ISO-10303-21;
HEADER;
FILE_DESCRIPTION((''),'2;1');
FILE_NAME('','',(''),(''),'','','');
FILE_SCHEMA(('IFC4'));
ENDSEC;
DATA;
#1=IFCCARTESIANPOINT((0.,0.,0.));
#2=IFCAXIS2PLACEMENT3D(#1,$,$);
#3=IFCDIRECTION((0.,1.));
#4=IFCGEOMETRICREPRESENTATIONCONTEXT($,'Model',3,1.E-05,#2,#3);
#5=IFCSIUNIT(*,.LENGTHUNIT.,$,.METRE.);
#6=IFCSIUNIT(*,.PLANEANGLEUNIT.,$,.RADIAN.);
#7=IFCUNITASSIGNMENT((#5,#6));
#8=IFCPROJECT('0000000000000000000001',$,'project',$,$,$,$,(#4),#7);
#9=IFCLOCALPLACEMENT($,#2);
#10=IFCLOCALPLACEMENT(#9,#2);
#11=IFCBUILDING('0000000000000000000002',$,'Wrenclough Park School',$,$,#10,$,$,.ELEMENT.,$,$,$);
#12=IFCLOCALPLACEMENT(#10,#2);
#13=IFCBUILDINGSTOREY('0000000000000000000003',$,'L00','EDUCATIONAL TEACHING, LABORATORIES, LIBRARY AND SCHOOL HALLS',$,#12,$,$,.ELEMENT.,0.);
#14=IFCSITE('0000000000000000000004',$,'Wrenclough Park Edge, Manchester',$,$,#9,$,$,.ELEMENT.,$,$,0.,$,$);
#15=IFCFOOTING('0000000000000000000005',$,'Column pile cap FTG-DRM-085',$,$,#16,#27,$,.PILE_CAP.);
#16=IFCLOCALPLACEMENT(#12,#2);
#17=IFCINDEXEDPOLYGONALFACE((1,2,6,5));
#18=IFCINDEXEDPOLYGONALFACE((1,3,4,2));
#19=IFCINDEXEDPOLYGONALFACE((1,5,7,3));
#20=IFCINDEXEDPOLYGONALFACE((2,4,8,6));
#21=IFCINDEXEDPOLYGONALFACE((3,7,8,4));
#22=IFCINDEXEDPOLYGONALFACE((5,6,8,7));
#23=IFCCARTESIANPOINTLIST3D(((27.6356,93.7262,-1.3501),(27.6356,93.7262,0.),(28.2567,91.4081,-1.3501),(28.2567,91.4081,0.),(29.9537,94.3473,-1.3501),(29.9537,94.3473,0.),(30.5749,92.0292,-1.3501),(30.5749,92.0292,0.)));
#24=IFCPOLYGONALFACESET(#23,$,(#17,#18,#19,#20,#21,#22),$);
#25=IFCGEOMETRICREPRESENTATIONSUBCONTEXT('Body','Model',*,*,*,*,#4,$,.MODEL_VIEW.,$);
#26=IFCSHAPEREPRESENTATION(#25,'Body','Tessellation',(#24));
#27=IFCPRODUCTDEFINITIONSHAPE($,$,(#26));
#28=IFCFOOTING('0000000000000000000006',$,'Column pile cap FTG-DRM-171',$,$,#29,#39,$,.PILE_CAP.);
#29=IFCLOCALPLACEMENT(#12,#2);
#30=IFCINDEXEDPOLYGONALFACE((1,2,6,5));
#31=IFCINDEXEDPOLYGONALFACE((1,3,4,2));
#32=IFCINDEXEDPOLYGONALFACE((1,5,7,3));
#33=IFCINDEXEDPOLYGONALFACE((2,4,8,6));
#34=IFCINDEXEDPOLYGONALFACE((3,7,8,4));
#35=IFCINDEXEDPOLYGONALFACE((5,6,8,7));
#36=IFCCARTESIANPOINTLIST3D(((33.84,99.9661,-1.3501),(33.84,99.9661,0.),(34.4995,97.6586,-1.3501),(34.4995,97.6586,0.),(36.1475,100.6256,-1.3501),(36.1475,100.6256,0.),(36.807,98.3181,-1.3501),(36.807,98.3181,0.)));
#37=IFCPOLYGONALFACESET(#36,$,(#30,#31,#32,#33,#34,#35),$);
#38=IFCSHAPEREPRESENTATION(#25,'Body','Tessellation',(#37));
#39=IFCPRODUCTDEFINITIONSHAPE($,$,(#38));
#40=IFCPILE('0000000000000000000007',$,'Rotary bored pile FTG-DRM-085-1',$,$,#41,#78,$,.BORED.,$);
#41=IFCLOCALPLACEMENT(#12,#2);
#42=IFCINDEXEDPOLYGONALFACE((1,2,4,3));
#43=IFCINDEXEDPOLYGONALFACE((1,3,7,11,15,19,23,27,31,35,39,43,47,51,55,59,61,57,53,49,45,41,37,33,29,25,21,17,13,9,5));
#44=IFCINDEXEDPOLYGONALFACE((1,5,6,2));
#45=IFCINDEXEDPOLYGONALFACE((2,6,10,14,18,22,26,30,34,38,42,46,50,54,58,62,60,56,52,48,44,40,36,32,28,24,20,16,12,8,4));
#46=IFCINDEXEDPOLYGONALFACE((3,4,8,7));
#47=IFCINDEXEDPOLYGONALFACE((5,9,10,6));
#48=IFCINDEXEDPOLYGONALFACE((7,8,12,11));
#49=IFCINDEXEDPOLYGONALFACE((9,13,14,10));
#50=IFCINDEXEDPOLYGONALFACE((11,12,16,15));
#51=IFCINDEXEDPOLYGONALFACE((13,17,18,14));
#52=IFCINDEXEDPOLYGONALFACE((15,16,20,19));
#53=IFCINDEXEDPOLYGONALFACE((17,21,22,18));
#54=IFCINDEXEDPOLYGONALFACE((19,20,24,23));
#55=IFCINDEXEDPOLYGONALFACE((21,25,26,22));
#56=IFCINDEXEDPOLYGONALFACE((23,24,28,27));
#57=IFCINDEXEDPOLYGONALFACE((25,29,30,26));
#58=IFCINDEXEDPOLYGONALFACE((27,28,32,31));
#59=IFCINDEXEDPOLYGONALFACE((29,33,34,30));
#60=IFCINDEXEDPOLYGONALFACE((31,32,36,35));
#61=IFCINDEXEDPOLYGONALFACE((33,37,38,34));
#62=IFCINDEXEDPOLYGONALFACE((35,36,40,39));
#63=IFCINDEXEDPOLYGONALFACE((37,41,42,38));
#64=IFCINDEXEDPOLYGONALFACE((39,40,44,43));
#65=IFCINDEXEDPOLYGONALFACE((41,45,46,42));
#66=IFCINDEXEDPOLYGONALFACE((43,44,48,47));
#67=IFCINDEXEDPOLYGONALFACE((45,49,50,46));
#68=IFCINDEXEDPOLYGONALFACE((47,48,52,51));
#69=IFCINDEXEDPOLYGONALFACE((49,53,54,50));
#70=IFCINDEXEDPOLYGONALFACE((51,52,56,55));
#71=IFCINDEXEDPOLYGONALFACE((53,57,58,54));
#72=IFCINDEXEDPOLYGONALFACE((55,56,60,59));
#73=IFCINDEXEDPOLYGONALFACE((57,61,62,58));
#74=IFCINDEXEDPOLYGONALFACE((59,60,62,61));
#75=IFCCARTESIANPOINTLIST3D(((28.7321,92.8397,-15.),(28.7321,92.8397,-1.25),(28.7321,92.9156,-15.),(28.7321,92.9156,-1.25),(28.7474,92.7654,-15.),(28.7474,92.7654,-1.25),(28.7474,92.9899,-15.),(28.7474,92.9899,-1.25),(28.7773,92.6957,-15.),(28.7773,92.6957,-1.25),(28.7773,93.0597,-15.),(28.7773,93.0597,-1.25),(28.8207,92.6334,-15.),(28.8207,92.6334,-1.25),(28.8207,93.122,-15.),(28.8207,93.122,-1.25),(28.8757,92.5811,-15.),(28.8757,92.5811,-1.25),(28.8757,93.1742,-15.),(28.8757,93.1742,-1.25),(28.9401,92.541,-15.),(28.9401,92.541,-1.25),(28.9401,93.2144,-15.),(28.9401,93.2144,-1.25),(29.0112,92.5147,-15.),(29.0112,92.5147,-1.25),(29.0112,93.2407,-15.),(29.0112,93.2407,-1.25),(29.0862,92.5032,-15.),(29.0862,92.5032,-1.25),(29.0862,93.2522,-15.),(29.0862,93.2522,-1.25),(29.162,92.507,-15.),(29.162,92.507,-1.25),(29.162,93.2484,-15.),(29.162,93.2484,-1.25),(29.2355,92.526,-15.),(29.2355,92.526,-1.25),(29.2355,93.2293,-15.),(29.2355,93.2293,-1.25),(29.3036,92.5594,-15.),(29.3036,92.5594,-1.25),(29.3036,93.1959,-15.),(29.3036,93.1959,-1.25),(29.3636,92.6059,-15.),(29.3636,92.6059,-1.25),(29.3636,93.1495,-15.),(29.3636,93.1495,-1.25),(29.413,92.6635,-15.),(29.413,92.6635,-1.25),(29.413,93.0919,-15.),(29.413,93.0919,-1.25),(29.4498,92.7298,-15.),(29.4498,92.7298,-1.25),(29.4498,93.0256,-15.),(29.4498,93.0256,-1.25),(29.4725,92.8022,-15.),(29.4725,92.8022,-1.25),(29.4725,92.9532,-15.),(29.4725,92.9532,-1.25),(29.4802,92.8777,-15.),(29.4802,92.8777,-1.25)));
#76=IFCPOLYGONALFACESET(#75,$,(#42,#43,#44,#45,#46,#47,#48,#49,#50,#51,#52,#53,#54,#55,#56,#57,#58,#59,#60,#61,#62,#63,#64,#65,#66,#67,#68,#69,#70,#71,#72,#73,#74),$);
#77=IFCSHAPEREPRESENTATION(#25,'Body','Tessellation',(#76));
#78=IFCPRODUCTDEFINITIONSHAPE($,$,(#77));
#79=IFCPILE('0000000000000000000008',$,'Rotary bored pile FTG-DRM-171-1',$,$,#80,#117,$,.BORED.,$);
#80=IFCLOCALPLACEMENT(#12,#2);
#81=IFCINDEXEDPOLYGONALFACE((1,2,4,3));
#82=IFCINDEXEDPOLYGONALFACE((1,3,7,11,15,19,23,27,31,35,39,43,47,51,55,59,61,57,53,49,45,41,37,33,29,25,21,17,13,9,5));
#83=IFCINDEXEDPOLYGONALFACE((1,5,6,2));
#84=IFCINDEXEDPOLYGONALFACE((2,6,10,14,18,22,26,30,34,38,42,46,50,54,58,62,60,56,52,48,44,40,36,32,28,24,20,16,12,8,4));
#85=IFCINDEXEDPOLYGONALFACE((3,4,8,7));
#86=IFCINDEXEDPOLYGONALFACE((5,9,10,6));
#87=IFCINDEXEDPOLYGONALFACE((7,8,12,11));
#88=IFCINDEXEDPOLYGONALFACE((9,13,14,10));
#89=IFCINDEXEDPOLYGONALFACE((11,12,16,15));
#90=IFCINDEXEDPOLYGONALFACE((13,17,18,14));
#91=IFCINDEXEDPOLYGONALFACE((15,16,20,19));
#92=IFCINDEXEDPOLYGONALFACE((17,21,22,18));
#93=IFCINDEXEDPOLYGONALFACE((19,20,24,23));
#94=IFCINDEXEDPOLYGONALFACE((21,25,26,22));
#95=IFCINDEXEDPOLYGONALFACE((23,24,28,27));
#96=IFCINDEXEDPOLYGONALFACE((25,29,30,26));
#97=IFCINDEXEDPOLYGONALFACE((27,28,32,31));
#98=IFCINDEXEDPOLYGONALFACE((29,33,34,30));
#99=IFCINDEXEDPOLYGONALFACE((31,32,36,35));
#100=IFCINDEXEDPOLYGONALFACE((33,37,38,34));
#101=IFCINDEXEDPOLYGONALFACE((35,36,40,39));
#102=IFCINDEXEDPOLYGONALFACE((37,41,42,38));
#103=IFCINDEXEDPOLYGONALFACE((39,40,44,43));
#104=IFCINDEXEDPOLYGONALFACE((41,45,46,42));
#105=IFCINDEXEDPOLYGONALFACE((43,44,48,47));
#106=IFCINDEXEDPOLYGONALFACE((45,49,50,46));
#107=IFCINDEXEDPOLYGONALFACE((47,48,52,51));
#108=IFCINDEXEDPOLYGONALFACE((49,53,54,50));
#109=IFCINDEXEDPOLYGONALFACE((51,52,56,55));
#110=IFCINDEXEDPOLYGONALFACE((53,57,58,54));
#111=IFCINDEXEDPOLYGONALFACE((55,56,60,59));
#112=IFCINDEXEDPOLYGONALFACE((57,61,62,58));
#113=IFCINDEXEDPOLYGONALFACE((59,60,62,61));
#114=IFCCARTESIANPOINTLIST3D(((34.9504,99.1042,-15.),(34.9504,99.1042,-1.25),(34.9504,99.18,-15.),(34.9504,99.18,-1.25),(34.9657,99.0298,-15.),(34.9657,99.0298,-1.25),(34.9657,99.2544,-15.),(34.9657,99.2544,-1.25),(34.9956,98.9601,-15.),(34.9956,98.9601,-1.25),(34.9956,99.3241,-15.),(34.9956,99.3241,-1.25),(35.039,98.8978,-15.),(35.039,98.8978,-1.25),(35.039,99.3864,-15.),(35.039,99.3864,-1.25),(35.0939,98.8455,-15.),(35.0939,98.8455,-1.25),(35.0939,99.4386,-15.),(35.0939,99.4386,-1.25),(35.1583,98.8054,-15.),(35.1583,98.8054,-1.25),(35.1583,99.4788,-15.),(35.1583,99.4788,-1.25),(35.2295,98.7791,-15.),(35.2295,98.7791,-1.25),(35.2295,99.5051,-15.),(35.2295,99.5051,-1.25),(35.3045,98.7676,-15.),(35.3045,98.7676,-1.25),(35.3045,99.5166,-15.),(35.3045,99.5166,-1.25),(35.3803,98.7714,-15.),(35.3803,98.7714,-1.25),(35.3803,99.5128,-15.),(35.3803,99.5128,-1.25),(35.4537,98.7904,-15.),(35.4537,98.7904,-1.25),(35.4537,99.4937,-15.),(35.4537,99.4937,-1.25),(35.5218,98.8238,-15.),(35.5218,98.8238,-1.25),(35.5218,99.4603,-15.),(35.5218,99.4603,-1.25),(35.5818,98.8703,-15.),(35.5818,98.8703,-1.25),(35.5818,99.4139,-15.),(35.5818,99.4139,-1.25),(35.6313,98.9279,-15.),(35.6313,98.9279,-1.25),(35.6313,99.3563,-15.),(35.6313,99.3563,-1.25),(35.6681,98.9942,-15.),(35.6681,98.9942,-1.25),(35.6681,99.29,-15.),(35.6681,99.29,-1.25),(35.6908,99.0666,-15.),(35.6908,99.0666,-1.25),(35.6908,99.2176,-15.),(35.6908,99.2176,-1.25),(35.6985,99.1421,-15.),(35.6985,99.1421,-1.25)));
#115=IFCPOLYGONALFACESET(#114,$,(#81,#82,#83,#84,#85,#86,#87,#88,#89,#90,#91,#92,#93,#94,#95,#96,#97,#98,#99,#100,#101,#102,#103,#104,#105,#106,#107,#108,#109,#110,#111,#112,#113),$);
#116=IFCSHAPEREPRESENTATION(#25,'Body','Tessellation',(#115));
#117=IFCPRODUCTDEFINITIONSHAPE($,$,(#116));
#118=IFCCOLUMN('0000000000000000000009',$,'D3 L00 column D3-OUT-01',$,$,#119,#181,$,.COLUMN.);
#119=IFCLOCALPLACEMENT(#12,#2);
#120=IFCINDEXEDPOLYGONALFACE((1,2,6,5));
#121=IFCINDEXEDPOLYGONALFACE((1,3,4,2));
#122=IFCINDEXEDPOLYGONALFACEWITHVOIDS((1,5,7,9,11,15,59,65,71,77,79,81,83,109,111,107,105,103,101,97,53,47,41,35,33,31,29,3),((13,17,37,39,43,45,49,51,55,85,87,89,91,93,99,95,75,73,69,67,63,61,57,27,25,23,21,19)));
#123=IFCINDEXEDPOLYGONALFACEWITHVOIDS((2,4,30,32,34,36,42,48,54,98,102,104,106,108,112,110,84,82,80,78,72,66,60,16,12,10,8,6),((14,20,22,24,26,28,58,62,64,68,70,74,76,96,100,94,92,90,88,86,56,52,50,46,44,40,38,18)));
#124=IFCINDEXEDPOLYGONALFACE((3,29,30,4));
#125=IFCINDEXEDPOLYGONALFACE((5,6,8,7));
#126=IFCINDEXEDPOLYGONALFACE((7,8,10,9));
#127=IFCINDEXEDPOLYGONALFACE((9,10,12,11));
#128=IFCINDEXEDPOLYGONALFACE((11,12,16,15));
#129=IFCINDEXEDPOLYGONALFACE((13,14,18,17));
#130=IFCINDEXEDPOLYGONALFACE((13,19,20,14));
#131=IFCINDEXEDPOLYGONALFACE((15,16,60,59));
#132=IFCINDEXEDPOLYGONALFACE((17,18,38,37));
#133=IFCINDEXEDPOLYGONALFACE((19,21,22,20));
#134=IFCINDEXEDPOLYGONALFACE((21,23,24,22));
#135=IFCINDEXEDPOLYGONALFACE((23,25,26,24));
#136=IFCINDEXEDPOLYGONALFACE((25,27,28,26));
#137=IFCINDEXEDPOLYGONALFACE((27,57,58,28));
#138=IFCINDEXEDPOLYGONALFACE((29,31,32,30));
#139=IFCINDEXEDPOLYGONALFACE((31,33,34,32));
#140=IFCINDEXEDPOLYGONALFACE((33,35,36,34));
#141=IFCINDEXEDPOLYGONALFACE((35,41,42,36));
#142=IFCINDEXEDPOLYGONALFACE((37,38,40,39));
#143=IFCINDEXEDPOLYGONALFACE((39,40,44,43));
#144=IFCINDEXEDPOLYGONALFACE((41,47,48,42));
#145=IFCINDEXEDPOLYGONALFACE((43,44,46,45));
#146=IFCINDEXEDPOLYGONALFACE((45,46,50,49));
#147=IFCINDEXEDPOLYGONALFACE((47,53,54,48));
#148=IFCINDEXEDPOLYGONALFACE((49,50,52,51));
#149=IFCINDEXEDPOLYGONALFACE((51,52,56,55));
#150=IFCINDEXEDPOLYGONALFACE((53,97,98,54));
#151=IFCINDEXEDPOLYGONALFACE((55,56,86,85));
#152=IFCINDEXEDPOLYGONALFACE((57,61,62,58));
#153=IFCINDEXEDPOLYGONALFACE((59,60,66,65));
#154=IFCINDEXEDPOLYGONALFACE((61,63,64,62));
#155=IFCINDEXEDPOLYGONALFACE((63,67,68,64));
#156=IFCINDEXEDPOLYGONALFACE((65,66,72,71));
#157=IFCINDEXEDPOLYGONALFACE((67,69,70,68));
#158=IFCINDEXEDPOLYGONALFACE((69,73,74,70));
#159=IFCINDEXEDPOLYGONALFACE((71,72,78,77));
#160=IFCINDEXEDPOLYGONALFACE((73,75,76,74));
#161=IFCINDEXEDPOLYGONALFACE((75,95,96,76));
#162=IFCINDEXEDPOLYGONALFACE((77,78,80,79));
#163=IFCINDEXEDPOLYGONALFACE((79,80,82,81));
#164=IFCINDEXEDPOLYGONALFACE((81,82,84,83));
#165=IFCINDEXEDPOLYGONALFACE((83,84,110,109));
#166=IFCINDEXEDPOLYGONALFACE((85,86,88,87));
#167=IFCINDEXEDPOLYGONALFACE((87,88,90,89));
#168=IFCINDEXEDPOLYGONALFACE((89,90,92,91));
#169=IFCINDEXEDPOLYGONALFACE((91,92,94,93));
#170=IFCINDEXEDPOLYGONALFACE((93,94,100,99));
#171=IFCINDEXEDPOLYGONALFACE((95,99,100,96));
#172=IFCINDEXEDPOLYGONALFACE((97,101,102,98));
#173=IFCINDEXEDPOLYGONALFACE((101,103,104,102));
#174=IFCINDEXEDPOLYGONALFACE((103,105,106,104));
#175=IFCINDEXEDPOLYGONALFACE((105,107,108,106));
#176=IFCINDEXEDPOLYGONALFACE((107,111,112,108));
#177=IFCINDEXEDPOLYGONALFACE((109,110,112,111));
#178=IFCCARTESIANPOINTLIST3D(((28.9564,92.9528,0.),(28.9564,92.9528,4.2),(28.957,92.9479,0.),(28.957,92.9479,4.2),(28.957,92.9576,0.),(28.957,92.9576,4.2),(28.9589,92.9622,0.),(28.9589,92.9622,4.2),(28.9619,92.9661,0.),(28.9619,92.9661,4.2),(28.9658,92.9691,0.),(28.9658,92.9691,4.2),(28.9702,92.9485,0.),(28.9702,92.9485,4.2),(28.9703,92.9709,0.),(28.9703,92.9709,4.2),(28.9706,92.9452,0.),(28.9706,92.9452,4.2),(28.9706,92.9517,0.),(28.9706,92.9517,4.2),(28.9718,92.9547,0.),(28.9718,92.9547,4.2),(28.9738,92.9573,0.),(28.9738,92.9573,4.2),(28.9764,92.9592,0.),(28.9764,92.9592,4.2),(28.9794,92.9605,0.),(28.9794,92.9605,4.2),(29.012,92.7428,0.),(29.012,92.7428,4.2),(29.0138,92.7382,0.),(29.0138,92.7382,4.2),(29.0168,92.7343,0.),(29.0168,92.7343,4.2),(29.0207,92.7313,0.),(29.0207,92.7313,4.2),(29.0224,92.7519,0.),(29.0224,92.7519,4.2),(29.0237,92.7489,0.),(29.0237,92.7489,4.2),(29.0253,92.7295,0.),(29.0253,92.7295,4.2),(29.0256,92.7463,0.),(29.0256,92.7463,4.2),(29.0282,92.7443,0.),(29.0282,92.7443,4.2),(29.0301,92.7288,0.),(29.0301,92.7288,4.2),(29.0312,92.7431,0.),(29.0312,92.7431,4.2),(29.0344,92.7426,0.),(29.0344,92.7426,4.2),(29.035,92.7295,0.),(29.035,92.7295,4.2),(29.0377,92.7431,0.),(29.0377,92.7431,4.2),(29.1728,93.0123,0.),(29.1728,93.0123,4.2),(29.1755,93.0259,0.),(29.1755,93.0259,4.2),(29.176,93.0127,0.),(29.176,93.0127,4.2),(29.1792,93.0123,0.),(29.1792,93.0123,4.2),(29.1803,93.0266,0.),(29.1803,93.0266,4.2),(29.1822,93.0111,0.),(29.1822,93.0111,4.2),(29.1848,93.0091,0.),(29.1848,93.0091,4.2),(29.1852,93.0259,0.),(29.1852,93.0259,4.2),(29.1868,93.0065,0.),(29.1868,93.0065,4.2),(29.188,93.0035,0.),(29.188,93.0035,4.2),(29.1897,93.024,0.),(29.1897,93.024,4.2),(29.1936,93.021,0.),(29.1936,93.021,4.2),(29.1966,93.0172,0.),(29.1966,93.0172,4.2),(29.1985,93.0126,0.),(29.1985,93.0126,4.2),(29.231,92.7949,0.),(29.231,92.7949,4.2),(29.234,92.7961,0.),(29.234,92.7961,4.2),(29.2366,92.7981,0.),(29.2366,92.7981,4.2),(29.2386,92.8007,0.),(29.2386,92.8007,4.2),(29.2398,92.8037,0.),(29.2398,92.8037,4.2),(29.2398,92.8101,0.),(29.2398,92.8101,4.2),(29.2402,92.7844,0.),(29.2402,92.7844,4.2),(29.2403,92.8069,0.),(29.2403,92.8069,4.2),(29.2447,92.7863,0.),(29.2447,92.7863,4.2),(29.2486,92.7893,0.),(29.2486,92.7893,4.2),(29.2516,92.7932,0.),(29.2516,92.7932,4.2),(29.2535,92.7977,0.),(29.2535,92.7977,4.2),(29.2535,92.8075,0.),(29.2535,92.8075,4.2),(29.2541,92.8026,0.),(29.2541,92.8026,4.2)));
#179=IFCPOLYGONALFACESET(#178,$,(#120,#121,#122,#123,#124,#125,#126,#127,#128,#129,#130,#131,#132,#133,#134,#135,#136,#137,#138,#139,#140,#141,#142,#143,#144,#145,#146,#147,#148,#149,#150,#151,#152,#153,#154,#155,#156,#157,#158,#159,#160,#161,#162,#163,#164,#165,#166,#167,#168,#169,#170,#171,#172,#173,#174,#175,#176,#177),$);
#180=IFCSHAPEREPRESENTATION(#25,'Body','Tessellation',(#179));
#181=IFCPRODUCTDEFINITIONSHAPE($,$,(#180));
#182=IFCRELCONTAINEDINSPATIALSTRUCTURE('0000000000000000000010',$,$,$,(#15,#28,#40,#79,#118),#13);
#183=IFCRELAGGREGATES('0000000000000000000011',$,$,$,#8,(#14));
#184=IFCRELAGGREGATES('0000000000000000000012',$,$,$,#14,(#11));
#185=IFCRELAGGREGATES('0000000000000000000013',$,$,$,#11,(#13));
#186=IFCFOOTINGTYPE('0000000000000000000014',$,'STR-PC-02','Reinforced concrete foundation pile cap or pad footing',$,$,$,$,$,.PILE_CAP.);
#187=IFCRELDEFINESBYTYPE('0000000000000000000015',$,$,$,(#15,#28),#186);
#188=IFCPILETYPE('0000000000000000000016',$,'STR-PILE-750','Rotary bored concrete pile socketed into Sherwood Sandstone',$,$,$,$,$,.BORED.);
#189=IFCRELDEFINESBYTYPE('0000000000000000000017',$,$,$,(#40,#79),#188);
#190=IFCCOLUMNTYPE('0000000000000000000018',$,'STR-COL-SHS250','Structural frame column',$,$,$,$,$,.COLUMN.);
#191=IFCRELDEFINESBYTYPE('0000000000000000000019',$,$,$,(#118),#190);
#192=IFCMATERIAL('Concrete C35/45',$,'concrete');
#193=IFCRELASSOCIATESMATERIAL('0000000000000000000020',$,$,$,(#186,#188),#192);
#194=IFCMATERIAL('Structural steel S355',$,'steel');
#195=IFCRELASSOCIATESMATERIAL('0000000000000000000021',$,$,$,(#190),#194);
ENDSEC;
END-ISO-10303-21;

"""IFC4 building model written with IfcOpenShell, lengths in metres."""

from ifc_helpers import new_model, si_unit, direction, frame, origin, origin_2d, place, context, subcontext, project, spatial, rectangle, hollow_rectangle, circle, extrude, material, material_profile, profile_set, type_object, element, save


model = new_model("IFC4")

# Units and contexts
model_context = context("Model", 3, precision=1e-05, world=origin(), true_north=direction((0.0, 1.0)))
body_context = subcontext(model_context, "Body", "Model", "MODEL_VIEW")
ifc_project = project(units=[si_unit("LENGTHUNIT", "METRE"), si_unit("PLANEANGLEUNIT", "RADIAN")], contexts=[model_context])

# Site, building, storey
site_placement = place(None, origin())
site = spatial("IfcSite", under=ifc_project, at=site_placement, Name="Wrenclough Park Edge, Manchester", CompositionType="ELEMENT", RefElevation=0.0)
building_placement = place(site_placement, origin())
building = spatial("IfcBuilding", under=site, at=building_placement, Name="Wrenclough Park School", CompositionType="ELEMENT")
storey_placement = place(building_placement, origin())
storey = spatial("IfcBuildingStorey", under=building, at=storey_placement, Name="L00", Description="EDUCATIONAL TEACHING, LABORATORIES, LIBRARY AND SCHOOL HALLS", CompositionType="ELEMENT", Elevation=0.0)

# Footings
ifc_material_1 = material(Name="Concrete C35/45", Category="concrete")
footing_type = type_object("IfcFootingType", Name="STR-PC-02", Description="Reinforced concrete foundation pile cap or pad footing", PredefinedType="PILE_CAP", material=ifc_material_1)
for number, where, z_axis, x_axis, name in (
    (1, (29.1052, 92.8777, -1.3501), (0.0, 0.0, 1.0), (-0.258819, 0.965926, 0.0), "Column pile cap FTG-DRM-085"),
    (2, (35.3235, 99.1421, -1.3501), (0.0, 0.0, 1.0), (0.961502, 0.274798, 0.0), "Column pile cap FTG-DRM-171"),
):
    element("IfcFooting", number, at=place(storey_placement, frame(where, z_axis=z_axis, x_axis=x_axis)), inside=storey, type_object=footing_type, Name=name, PredefinedType="PILE_CAP", context=body_context, shape_type="SweptSolid", body=[
        extrude(rectangle(XDim=2.3999, YDim=2.3999, at=origin_2d()), origin(), (0.0, 0.0, 1.0), 1.3501),
    ])

# Piles
ifc_material_profile_1 = material_profile(ifc_material_1, circle(Radius=0.375, at=origin_2d()), Name="BORED PILE D750")
ifc_profile_set_1 = profile_set([ifc_material_profile_1], Name="Concrete C35/45")
pile_type = type_object("IfcPileType", Name="STR-PILE-750", Description="Rotary bored concrete pile socketed into Sherwood Sandstone", PredefinedType="BORED", material=ifc_profile_set_1)
for number, where, z_axis, x_axis, name in (
    (3, (29.1052, 92.8777, -1.25), (0.0, 0.0, -1.0), (1.0, 0.0, 0.0), "Rotary bored pile FTG-DRM-085-1"),
    (4, (35.3235, 99.1421, -1.25), (0.0, 0.0, -1.0), (1.0, 0.0, 0.0), "Rotary bored pile FTG-DRM-171-1"),
):
    element("IfcPile", number, at=place(storey_placement, frame(where, z_axis=z_axis, x_axis=x_axis)), inside=storey, type_object=pile_type, Name=name, PredefinedType="BORED", context=body_context, shape_type="SweptSolid", body=[
        extrude(circle(Radius=0.375, at=origin_2d()), origin(), (0.0, 0.0, 1.0), 13.75),
    ])

# Column
ifc_material_2 = material(Name="Structural steel S355", Category="steel")
ifc_material_profile_2 = material_profile(ifc_material_2, hollow_rectangle(XDim=0.25, YDim=0.25, WallThickness=0.0125, InnerFilletRadius=0.0125, OuterFilletRadius=0.0188, at=origin_2d()), Name="SHS 250x250x12.5")
ifc_profile_set_2 = profile_set([ifc_material_profile_2], Name="Structural steel S355")
column_type_1 = type_object("IfcColumnType", Name="STR-COL-SHS250", Description="Structural frame column", PredefinedType="COLUMN", material=ifc_profile_set_2)
column_1_placement = place(storey_placement, frame((29.1052, 92.8777, 0.0), z_axis=(0.0, 0.0, 1.0), x_axis=(-0.258819, 0.965926, 0.0)))
element("IfcColumn", 5, at=column_1_placement, inside=storey, type_object=column_type_1, Name="D3 L00 column D3-OUT-01", PredefinedType="COLUMN", context=body_context, shape_type="SweptSolid", body=[
    extrude(hollow_rectangle(XDim=0.25, YDim=0.25, WallThickness=0.0125, InnerFilletRadius=0.0125, OuterFilletRadius=0.0188, at=origin_2d()), origin(), (0.0, 0.0, 1.0), 4.2),
])

save(model, "model.ifc")
